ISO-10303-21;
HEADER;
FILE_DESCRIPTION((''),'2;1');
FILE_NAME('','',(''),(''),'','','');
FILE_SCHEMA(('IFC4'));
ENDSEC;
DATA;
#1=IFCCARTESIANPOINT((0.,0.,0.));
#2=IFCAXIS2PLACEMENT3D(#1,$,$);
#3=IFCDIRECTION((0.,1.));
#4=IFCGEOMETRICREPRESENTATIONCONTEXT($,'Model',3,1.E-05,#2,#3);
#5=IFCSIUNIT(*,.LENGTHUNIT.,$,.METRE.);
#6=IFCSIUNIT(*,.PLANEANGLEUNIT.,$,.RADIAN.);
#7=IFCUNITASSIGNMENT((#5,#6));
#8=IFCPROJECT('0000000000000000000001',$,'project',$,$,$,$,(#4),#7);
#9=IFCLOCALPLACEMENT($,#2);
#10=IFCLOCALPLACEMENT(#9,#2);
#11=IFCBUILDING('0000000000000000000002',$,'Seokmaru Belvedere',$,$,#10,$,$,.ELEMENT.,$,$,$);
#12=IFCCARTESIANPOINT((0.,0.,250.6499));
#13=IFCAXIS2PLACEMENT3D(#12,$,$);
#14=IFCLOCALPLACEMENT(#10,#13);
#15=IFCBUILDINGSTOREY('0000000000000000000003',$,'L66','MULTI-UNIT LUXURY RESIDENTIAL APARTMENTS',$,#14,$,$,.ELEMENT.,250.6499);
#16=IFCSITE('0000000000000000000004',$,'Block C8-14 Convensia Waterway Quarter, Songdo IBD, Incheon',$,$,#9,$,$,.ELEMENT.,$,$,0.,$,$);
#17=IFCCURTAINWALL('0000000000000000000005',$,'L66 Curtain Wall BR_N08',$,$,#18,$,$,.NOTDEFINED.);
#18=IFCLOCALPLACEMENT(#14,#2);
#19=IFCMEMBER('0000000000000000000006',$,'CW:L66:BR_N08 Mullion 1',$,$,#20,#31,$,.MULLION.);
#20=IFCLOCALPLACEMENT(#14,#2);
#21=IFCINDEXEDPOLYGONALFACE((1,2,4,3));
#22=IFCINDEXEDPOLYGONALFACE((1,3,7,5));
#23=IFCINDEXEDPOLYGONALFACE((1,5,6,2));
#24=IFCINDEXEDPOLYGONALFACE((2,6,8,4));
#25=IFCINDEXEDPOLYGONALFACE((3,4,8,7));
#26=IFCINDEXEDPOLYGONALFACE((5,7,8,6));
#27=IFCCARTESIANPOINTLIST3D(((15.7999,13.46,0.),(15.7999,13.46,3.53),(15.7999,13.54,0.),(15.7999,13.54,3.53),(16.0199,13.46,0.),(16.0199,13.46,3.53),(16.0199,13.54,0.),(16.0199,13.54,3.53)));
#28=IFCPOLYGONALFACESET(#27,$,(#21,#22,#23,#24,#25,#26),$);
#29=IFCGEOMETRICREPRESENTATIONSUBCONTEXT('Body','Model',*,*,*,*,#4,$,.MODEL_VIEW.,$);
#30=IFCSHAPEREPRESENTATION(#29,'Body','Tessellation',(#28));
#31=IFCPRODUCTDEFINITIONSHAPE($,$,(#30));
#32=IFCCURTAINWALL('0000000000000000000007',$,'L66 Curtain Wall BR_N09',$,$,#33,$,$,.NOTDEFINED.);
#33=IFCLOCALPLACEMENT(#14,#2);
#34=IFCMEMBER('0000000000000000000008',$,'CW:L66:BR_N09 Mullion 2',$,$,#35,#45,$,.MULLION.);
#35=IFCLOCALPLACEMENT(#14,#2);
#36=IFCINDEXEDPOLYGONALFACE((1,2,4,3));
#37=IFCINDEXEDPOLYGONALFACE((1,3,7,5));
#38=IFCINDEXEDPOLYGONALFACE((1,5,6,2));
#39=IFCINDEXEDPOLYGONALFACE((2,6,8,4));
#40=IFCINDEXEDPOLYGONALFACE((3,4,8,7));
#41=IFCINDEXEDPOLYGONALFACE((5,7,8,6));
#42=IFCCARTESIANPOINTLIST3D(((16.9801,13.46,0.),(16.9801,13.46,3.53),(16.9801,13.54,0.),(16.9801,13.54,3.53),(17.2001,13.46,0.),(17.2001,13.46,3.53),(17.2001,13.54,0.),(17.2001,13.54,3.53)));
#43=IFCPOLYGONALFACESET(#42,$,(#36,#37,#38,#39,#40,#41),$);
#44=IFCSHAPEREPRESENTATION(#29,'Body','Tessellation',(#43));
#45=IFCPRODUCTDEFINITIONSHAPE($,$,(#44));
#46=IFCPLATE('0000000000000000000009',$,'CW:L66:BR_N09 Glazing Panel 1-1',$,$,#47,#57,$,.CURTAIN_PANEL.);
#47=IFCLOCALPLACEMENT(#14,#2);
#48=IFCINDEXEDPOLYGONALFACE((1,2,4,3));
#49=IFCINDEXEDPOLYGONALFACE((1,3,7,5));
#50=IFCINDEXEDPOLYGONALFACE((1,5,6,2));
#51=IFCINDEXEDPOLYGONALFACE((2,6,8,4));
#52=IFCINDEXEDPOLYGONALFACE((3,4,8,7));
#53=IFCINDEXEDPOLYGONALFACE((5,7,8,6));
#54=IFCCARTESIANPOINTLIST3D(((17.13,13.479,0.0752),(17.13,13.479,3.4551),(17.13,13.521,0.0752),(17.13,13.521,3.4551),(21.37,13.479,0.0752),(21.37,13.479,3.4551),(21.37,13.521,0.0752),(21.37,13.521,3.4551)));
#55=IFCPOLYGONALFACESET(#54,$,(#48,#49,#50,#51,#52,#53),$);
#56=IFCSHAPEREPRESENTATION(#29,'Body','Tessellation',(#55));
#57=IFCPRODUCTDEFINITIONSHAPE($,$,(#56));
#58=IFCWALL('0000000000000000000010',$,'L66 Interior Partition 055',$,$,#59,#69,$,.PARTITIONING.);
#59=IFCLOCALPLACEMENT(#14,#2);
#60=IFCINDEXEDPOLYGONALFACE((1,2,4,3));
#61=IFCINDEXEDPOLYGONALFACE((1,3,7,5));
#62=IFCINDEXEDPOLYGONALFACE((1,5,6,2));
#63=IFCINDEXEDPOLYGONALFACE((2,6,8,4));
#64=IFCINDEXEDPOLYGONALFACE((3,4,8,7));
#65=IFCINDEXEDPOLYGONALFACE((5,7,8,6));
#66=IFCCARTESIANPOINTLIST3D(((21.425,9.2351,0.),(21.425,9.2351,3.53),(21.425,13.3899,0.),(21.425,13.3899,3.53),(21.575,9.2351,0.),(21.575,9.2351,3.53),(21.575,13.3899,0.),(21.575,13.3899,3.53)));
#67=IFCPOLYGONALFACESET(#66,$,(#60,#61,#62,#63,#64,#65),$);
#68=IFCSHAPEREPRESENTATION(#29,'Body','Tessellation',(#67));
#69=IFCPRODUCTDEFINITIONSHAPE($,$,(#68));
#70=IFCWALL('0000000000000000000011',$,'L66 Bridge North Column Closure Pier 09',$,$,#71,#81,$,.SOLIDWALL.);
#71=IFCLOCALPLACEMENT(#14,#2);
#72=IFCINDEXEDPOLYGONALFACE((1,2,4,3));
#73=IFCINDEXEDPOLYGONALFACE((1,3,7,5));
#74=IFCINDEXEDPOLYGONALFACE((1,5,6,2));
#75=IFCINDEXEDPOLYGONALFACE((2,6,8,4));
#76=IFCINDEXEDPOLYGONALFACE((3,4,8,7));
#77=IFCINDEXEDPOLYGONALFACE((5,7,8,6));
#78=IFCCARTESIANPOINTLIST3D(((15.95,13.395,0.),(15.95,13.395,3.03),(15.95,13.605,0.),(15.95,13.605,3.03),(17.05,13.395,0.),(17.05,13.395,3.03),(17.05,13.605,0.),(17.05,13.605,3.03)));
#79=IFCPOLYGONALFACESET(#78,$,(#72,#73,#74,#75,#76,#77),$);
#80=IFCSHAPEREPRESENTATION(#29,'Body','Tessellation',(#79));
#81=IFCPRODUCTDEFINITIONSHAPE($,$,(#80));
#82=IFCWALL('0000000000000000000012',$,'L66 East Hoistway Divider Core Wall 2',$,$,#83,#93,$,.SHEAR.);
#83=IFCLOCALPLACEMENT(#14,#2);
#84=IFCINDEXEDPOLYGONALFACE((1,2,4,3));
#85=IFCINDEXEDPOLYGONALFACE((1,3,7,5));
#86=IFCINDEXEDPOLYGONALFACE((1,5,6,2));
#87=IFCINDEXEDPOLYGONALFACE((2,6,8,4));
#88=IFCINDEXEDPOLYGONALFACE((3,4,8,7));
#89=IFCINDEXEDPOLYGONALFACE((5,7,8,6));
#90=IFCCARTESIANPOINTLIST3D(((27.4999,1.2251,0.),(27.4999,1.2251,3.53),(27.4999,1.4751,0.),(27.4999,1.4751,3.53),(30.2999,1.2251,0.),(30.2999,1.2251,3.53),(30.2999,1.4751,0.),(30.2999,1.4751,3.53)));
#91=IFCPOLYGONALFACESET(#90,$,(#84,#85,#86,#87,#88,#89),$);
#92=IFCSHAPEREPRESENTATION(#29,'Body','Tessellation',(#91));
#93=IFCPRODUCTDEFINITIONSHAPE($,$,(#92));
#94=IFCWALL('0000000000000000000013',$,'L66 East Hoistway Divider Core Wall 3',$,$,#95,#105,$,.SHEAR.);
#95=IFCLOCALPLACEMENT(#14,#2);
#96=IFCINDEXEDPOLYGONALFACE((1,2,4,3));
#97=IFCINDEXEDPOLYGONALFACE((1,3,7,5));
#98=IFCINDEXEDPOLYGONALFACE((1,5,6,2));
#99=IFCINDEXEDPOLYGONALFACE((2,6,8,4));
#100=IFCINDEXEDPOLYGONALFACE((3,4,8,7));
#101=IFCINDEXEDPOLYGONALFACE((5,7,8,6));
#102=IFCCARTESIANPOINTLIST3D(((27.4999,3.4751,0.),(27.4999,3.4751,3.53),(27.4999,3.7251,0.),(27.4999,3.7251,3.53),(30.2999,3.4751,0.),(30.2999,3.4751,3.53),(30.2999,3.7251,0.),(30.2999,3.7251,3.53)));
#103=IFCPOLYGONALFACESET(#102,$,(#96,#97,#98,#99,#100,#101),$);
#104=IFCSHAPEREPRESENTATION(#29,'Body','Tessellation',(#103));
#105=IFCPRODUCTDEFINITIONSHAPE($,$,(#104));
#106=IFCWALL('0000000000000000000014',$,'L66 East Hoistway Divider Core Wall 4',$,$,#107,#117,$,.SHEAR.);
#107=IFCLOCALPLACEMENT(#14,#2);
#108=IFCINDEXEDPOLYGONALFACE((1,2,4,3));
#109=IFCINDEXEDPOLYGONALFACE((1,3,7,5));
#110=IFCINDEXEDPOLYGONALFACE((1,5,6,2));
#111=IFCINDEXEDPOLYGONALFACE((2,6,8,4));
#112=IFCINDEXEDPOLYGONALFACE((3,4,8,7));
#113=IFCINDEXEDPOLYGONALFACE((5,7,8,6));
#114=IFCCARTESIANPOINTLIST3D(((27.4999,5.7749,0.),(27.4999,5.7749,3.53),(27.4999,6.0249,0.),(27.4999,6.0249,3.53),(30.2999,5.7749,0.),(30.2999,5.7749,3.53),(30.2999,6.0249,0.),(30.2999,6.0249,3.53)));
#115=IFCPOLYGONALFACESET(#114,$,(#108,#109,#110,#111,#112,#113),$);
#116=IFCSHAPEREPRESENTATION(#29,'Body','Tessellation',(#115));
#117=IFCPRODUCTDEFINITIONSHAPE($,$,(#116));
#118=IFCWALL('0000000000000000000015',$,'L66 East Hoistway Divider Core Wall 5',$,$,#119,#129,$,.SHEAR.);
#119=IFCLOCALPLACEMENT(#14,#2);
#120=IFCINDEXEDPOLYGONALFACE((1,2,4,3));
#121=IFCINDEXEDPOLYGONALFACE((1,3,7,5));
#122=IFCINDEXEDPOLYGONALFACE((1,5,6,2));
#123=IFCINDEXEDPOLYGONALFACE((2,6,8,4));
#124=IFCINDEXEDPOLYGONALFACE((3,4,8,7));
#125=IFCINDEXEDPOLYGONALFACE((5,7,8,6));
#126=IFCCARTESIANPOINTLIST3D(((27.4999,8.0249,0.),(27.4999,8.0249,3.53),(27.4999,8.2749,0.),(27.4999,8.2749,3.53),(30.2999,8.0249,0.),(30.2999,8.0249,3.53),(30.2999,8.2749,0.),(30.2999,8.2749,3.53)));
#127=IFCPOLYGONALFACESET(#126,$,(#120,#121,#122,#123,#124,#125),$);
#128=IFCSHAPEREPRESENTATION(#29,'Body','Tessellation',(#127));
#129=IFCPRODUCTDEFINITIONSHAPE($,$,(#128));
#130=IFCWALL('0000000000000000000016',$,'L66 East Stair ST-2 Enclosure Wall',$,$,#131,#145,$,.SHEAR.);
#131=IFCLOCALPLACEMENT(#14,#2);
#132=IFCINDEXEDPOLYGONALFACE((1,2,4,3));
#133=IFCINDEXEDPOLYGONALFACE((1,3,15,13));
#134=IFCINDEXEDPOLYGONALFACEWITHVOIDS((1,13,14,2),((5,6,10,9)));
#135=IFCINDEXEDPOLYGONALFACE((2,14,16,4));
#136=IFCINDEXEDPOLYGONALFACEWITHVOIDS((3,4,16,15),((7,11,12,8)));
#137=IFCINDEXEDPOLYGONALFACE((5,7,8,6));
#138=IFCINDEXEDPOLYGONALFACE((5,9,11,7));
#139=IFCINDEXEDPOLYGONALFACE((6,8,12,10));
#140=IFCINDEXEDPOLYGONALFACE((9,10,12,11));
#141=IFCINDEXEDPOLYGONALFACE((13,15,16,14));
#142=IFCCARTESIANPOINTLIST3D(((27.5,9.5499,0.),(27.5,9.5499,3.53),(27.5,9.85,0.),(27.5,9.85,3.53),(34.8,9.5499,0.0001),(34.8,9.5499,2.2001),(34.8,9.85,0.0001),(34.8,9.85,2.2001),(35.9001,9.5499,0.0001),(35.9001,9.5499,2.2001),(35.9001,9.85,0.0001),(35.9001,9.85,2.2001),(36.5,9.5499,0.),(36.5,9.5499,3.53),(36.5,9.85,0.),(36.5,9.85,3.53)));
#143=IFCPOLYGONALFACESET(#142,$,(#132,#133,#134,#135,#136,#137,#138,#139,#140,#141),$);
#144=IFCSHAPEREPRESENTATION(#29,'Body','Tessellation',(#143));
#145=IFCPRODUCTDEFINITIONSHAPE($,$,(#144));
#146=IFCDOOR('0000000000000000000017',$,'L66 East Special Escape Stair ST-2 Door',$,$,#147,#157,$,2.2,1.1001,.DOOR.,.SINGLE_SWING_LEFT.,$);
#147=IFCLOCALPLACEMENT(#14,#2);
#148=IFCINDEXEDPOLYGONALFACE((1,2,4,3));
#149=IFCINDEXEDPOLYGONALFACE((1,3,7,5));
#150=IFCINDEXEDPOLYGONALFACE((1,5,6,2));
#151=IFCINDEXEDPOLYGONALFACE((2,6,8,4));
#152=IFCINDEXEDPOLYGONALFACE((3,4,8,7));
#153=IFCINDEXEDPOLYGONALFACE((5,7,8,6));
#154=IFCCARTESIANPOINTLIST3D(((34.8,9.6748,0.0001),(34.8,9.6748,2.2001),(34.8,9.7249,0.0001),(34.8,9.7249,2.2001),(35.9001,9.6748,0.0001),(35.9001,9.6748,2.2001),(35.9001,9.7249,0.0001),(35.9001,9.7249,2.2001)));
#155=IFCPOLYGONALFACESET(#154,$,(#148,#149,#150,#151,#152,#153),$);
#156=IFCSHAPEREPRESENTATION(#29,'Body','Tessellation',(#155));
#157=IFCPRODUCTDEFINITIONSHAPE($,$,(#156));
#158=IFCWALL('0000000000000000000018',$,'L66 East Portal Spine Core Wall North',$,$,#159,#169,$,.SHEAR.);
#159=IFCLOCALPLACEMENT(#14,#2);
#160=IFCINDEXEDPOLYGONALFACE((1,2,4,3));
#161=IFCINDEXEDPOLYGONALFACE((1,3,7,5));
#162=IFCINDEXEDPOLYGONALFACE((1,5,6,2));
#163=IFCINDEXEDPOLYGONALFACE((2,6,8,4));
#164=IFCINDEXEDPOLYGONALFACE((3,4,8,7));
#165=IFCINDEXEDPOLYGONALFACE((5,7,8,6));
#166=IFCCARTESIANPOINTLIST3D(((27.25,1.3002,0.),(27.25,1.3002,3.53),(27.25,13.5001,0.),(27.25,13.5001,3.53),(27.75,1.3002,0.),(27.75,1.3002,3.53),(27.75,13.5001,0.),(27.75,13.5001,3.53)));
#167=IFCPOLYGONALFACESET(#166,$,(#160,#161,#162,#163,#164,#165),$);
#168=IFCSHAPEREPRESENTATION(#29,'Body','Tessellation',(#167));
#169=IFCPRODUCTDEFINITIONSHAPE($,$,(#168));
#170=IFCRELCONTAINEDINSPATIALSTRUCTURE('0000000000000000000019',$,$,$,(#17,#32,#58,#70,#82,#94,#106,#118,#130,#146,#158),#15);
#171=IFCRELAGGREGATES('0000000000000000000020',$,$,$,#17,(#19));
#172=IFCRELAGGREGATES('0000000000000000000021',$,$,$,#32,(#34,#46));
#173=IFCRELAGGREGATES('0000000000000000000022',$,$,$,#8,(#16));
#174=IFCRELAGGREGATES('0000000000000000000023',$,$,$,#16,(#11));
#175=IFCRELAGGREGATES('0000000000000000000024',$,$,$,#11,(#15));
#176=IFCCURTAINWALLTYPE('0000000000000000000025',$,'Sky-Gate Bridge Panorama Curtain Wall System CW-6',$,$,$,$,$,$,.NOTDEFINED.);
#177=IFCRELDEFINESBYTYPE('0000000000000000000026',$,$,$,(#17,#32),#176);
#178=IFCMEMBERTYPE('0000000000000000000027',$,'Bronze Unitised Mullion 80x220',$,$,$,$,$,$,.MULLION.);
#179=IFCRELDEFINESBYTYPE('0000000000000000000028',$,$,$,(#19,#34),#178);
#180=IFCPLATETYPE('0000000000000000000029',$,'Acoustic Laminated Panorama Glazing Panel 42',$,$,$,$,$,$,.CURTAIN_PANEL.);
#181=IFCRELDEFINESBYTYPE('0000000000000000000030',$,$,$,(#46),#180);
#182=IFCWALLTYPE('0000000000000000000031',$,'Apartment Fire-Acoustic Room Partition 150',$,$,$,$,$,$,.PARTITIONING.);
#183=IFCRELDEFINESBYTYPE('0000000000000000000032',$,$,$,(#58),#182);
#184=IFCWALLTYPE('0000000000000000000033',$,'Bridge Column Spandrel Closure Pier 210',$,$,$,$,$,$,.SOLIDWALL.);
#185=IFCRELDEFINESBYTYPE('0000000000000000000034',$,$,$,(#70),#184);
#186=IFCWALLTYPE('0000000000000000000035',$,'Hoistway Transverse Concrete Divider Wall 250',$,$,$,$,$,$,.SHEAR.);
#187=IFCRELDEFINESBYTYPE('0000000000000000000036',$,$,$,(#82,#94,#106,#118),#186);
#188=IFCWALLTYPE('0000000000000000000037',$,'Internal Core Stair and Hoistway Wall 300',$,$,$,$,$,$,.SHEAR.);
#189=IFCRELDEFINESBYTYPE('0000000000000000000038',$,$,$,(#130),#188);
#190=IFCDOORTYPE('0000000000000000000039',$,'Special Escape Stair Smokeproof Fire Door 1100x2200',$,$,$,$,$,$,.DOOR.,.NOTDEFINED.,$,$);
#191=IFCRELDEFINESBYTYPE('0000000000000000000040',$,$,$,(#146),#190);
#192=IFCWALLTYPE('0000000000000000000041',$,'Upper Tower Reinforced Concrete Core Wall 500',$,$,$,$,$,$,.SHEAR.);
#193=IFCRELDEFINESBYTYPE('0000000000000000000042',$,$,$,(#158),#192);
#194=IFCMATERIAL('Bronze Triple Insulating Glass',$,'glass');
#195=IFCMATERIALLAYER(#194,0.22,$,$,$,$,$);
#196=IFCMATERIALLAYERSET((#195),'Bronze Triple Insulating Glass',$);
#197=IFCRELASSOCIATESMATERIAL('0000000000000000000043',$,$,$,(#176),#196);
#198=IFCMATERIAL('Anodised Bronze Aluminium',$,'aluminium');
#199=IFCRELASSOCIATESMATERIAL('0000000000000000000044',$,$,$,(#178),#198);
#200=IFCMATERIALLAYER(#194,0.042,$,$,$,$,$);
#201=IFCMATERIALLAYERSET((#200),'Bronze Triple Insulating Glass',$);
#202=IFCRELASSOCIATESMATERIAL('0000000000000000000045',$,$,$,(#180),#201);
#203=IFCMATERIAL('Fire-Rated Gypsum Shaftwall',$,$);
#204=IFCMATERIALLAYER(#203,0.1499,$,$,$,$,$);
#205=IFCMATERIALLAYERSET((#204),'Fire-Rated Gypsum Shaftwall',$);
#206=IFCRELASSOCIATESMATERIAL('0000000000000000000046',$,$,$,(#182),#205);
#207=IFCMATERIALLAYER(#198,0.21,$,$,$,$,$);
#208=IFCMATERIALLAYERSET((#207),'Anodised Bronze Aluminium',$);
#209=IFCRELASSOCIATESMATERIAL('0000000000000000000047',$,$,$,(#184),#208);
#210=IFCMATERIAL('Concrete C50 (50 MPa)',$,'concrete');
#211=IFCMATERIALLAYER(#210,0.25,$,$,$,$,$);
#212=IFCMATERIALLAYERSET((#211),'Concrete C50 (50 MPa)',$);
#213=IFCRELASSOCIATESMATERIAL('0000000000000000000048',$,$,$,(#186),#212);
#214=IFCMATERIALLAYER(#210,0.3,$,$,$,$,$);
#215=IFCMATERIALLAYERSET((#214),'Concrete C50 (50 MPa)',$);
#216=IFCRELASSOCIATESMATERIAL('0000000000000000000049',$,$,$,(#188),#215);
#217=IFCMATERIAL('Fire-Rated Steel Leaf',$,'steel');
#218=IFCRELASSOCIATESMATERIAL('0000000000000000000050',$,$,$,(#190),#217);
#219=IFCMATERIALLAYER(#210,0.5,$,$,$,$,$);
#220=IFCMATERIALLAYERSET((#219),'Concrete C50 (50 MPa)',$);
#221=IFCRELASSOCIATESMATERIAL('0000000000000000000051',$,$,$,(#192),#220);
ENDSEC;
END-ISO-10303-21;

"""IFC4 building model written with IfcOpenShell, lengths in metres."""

from ifc_helpers import new_model, si_unit, direction, frame, frame_2d, origin, origin_2d, place, context, subcontext, project, spatial, rectangle, extrude, source, transform, mapped, material, layer, layer_set, material_profile, profile_set, type_object, type_shapes, element, fill, aggregate, save


model = new_model("IFC4")

# Units and contexts
model_context = context("Model", 3, precision=1e-05, world=origin(), true_north=direction((0.0, 1.0)))
body_context = subcontext(model_context, "Body", "Model", "MODEL_VIEW")
ifc_project = project(units=[si_unit("LENGTHUNIT", "METRE"), si_unit("PLANEANGLEUNIT", "RADIAN")], contexts=[model_context])

# Site, building, storey
site_placement = place(None, origin())
site = spatial("IfcSite", under=ifc_project, at=site_placement, Name="Block C8-14 Convensia Waterway Quarter, Songdo IBD, Incheon", CompositionType="ELEMENT", RefElevation=0.0)
building_placement = place(site_placement, origin())
building = spatial("IfcBuilding", under=site, at=building_placement, Name="Seokmaru Belvedere", CompositionType="ELEMENT")
storey_placement = place(building_placement, frame((0.0, 0.0, 250.6499)))
storey = spatial("IfcBuildingStorey", under=building, at=storey_placement, Name="L66", Description="MULTI-UNIT LUXURY RESIDENTIAL APARTMENTS", CompositionType="ELEMENT", Elevation=250.6499)

# Curtain wall, member
ifc_material_1 = material(Name="Bronze Triple Insulating Glass", Category="glass")
ifc_layer_1 = layer(ifc_material_1, 0.22)
ifc_layer_set_1 = layer_set([ifc_layer_1], Name="Bronze Triple Insulating Glass")
curtain_wall_type = type_object("IfcCurtainWallType", Name="Sky-Gate Bridge Panorama Curtain Wall System CW-6", PredefinedType="NOTDEFINED", material=ifc_layer_set_1)
curtain_wall_1_placement = place(storey_placement, origin())
curtain_wall_1 = element("IfcCurtainWall", 1, at=curtain_wall_1_placement, inside=storey, type_object=curtain_wall_type, Name="L66 Curtain Wall BR_N08", PredefinedType="NOTDEFINED")
ifc_material_2 = material(Name="Anodised Bronze Aluminium", Category="aluminium")
ifc_material_profile_1 = material_profile(ifc_material_2, rectangle(XDim=0.0801, YDim=0.22, at=origin_2d()), Name="CW-M-80x220")
ifc_profile_set_1 = profile_set([ifc_material_profile_1], Name="Anodised Bronze Aluminium")
member_type = type_object("IfcMemberType", Name="Bronze Unitised Mullion 80x220", PredefinedType="MULLION", material=ifc_profile_set_1)
shared_shape_1 = source(origin(), body_context, "Body", "SweptSolid", [
    extrude(rectangle(XDim=0.0801, YDim=0.22, at=origin_2d()), origin(), (0.0, 0.0, 1.0), 3.53),
])
type_shapes(member_type, [shared_shape_1])
member_1_placement = place(storey_placement, frame((15.9099, 13.5, 0.0), z_axis=(0.0, 0.0, 1.0), x_axis=(0.0, -1.0, 0.0)))
member_1 = element("IfcMember", 2, at=member_1_placement, type_object=member_type, Name="CW:L66:BR_N08 Mullion 1", PredefinedType="MULLION", context=body_context, shape_type="MappedRepresentation", body=[
    mapped(shared_shape_1, transform((0.0, 0.0, 0.0), scale=1.0)),
])
aggregate(curtain_wall_1, [member_1])

# Curtain wall, member, plate
curtain_wall_2_placement = place(storey_placement, origin())
curtain_wall_2 = element("IfcCurtainWall", 3, at=curtain_wall_2_placement, inside=storey, type_object=curtain_wall_type, Name="L66 Curtain Wall BR_N09", PredefinedType="NOTDEFINED")
member_2_placement = place(storey_placement, frame((17.0901, 13.5, 0.0), z_axis=(0.0, 0.0, 1.0), x_axis=(0.0, -1.0, 0.0)))
member_2 = element("IfcMember", 4, at=member_2_placement, type_object=member_type, Name="CW:L66:BR_N09 Mullion 2", PredefinedType="MULLION", context=body_context, shape_type="MappedRepresentation", body=[
    mapped(shared_shape_1, transform((0.0, 0.0, 0.0), scale=1.0)),
])
ifc_layer_2 = layer(ifc_material_1, 0.042)
ifc_layer_set_2 = layer_set([ifc_layer_2], Name="Bronze Triple Insulating Glass")
plate_type = type_object("IfcPlateType", Name="Acoustic Laminated Panorama Glazing Panel 42", PredefinedType="CURTAIN_PANEL", material=ifc_layer_set_2)
shared_shape_2 = source(origin(), body_context, "Body", "SweptSolid", [
    extrude(rectangle(XDim=4.24, YDim=0.042, at=origin_2d()), origin(), (0.0, 0.0, 1.0), 3.3799),
])
type_shapes(plate_type, [shared_shape_2])
plate_placement = place(storey_placement, frame((19.25, 13.5, 0.0752), z_axis=(0.0, 0.0, 1.0), x_axis=(-1.0, 0.0, 0.0)))
plate = element("IfcPlate", 5, at=plate_placement, type_object=plate_type, Name="CW:L66:BR_N09 Glazing Panel 1-1", PredefinedType="CURTAIN_PANEL", context=body_context, shape_type="MappedRepresentation", body=[
    mapped(shared_shape_2, transform((0.0, 0.0, 0.0), scale=1.0)),
])
aggregate(curtain_wall_2, [member_2, plate])

# Walls
ifc_material_3 = material(Name="Fire-Rated Gypsum Shaftwall")
ifc_layer_3 = layer(ifc_material_3, 0.1499)
ifc_layer_set_3 = layer_set([ifc_layer_3], Name="Fire-Rated Gypsum Shaftwall")
wall_type_1 = type_object("IfcWallType", Name="Apartment Fire-Acoustic Room Partition 150", PredefinedType="PARTITIONING", material=ifc_layer_set_3)
wall_1_placement = place(storey_placement, frame((21.5, 9.2351, 0.0), z_axis=(0.0, 0.0, 1.0), x_axis=(0.0, 1.0, 0.0)))
element("IfcWall", 6, at=wall_1_placement, inside=storey, type_object=wall_type_1, Name="L66 Interior Partition 055", PredefinedType="PARTITIONING", context=body_context, shape_type="SweptSolid", body=[
    extrude(rectangle(XDim=4.1548, YDim=0.1499, at=frame_2d((2.0774, 0.0))), origin(), (0.0, 0.0, 1.0), 3.53),
])
ifc_layer_4 = layer(ifc_material_2, 0.21)
ifc_layer_set_4 = layer_set([ifc_layer_4], Name="Anodised Bronze Aluminium")
wall_type_2 = type_object("IfcWallType", Name="Bridge Column Spandrel Closure Pier 210", PredefinedType="SOLIDWALL", material=ifc_layer_set_4)
wall_2_placement = place(storey_placement, frame((15.95, 13.5, 0.0), z_axis=(0.0, 0.0, 1.0), x_axis=(1.0, 0.0, 0.0)))
element("IfcWall", 7, at=wall_2_placement, inside=storey, type_object=wall_type_2, Name="L66 Bridge North Column Closure Pier 09", PredefinedType="SOLIDWALL", context=body_context, shape_type="SweptSolid", body=[
    extrude(rectangle(XDim=1.1001, YDim=0.21, at=frame_2d((0.55, 0.0))), origin(), (0.0, 0.0, 1.0), 3.03),
])
ifc_material_4 = material(Name="Concrete C50 (50 MPa)", Category="concrete")
ifc_layer_5 = layer(ifc_material_4, 0.25)
ifc_layer_set_5 = layer_set([ifc_layer_5], Name="Concrete C50 (50 MPa)")
wall_type_3 = type_object("IfcWallType", Name="Hoistway Transverse Concrete Divider Wall 250", PredefinedType="SHEAR", material=ifc_layer_set_5)
for number, where, z_axis, x_axis, name in (
    (8, (27.5, 1.3501, 0.0), (0.0, 0.0, 1.0), (1.0, 0.0, 0.0), "L66 East Hoistway Divider Core Wall 2"),
    (9, (27.5, 3.6001, 0.0), (0.0, 0.0, 1.0), (1.0, 0.0, 0.0), "L66 East Hoistway Divider Core Wall 3"),
    (10, (27.5, 5.8999, 0.0), (0.0, 0.0, 1.0), (1.0, 0.0, 0.0), "L66 East Hoistway Divider Core Wall 4"),
    (11, (27.5, 8.1499, 0.0), (0.0, 0.0, 1.0), (1.0, 0.0, 0.0), "L66 East Hoistway Divider Core Wall 5"),
):
    element("IfcWall", number, at=place(storey_placement, frame(where, z_axis=z_axis, x_axis=x_axis)), inside=storey, type_object=wall_type_3, Name=name, PredefinedType="SHEAR", context=body_context, shape_type="SweptSolid", body=[
        extrude(rectangle(XDim=2.8, YDim=0.25, at=frame_2d((1.3999, 0.0))), origin(), (0.0, 0.0, 1.0), 3.53),
    ])

# Wall, opening, door
ifc_layer_6 = layer(ifc_material_4, 0.3)
ifc_layer_set_6 = layer_set([ifc_layer_6], Name="Concrete C50 (50 MPa)")
wall_type_4 = type_object("IfcWallType", Name="Internal Core Stair and Hoistway Wall 300", PredefinedType="SHEAR", material=ifc_layer_set_6)
wall_3_placement = place(storey_placement, frame((27.5, 9.7, 0.0), z_axis=(0.0, 0.0, 1.0), x_axis=(1.0, 0.0, 0.0)))
wall_3 = element("IfcWall", 12, at=wall_3_placement, inside=storey, type_object=wall_type_4, Name="L66 East Stair ST-2 Enclosure Wall", PredefinedType="SHEAR", context=body_context, shape_type="SweptSolid", body=[
    extrude(rectangle(XDim=9.0, YDim=0.3, at=frame_2d((4.5, 0.0))), origin(), (0.0, 0.0, 1.0), 3.53),
])
opening_placement = place(wall_3_placement, frame((7.3, 0.0, 0.0)))
opening = element("IfcOpeningElement", 13, at=opening_placement, cuts=wall_3, PredefinedType="OPENING", context=body_context, shape_type="SweptSolid", body=[
    extrude(rectangle(XDim=1.1001, YDim=2.2, at=frame_2d((0.55, 1.1001))), frame((0.0, 0.1602, 0.0), z_axis=(0.0, -1.0, 0.0), x_axis=(1.0, 0.0, 0.0)), (0.0, 0.0, 1.0), 0.3201),
])
ifc_material_5 = material(Name="Fire-Rated Steel Leaf", Category="steel")
door_type = type_object("IfcDoorType", Name="Special Escape Stair Smokeproof Fire Door 1100x2200", OperationType="NOTDEFINED", PredefinedType="DOOR", material=ifc_material_5)
shared_shape_3 = source(origin(), body_context, "Body", "SweptSolid", [
    extrude(rectangle(XDim=1.1001, YDim=2.2, at=frame_2d((0.55, 1.1001))), frame((0.0, 0.0249, 0.0), z_axis=(0.0, -1.0, 0.0), x_axis=(1.0, 0.0, 0.0)), (0.0, 0.0, 1.0), 0.05),
])
type_shapes(door_type, [shared_shape_3])
door_placement = place(opening_placement, origin())
door = element("IfcDoor", 14, at=door_placement, inside=storey, type_object=door_type, Name="L66 East Special Escape Stair ST-2 Door", OperationType="SINGLE_SWING_LEFT", OverallHeight=2.2, OverallWidth=1.1001, PredefinedType="DOOR", context=body_context, shape_type="MappedRepresentation", body=[
    mapped(shared_shape_3, transform((0.0, 0.0, 0.0), scale=1.0)),
])
fill(opening, door)

# Wall
ifc_layer_7 = layer(ifc_material_4, 0.5)
ifc_layer_set_7 = layer_set([ifc_layer_7], Name="Concrete C50 (50 MPa)")
wall_type_5 = type_object("IfcWallType", Name="Upper Tower Reinforced Concrete Core Wall 500", PredefinedType="SHEAR", material=ifc_layer_set_7)
wall_4_placement = place(storey_placement, frame((27.5, 1.3, 0.0), z_axis=(0.0, 0.0, 1.0), x_axis=(0.0, 1.0, 0.0)))
element("IfcWall", 15, at=wall_4_placement, inside=storey, type_object=wall_type_5, Name="L66 East Portal Spine Core Wall North", PredefinedType="SHEAR", context=body_context, shape_type="SweptSolid", body=[
    extrude(rectangle(XDim=12.2, YDim=0.5, at=frame_2d((6.1001, 0.0))), origin(), (0.0, 0.0, 1.0), 3.53),
])

save(model, "model.ifc")
